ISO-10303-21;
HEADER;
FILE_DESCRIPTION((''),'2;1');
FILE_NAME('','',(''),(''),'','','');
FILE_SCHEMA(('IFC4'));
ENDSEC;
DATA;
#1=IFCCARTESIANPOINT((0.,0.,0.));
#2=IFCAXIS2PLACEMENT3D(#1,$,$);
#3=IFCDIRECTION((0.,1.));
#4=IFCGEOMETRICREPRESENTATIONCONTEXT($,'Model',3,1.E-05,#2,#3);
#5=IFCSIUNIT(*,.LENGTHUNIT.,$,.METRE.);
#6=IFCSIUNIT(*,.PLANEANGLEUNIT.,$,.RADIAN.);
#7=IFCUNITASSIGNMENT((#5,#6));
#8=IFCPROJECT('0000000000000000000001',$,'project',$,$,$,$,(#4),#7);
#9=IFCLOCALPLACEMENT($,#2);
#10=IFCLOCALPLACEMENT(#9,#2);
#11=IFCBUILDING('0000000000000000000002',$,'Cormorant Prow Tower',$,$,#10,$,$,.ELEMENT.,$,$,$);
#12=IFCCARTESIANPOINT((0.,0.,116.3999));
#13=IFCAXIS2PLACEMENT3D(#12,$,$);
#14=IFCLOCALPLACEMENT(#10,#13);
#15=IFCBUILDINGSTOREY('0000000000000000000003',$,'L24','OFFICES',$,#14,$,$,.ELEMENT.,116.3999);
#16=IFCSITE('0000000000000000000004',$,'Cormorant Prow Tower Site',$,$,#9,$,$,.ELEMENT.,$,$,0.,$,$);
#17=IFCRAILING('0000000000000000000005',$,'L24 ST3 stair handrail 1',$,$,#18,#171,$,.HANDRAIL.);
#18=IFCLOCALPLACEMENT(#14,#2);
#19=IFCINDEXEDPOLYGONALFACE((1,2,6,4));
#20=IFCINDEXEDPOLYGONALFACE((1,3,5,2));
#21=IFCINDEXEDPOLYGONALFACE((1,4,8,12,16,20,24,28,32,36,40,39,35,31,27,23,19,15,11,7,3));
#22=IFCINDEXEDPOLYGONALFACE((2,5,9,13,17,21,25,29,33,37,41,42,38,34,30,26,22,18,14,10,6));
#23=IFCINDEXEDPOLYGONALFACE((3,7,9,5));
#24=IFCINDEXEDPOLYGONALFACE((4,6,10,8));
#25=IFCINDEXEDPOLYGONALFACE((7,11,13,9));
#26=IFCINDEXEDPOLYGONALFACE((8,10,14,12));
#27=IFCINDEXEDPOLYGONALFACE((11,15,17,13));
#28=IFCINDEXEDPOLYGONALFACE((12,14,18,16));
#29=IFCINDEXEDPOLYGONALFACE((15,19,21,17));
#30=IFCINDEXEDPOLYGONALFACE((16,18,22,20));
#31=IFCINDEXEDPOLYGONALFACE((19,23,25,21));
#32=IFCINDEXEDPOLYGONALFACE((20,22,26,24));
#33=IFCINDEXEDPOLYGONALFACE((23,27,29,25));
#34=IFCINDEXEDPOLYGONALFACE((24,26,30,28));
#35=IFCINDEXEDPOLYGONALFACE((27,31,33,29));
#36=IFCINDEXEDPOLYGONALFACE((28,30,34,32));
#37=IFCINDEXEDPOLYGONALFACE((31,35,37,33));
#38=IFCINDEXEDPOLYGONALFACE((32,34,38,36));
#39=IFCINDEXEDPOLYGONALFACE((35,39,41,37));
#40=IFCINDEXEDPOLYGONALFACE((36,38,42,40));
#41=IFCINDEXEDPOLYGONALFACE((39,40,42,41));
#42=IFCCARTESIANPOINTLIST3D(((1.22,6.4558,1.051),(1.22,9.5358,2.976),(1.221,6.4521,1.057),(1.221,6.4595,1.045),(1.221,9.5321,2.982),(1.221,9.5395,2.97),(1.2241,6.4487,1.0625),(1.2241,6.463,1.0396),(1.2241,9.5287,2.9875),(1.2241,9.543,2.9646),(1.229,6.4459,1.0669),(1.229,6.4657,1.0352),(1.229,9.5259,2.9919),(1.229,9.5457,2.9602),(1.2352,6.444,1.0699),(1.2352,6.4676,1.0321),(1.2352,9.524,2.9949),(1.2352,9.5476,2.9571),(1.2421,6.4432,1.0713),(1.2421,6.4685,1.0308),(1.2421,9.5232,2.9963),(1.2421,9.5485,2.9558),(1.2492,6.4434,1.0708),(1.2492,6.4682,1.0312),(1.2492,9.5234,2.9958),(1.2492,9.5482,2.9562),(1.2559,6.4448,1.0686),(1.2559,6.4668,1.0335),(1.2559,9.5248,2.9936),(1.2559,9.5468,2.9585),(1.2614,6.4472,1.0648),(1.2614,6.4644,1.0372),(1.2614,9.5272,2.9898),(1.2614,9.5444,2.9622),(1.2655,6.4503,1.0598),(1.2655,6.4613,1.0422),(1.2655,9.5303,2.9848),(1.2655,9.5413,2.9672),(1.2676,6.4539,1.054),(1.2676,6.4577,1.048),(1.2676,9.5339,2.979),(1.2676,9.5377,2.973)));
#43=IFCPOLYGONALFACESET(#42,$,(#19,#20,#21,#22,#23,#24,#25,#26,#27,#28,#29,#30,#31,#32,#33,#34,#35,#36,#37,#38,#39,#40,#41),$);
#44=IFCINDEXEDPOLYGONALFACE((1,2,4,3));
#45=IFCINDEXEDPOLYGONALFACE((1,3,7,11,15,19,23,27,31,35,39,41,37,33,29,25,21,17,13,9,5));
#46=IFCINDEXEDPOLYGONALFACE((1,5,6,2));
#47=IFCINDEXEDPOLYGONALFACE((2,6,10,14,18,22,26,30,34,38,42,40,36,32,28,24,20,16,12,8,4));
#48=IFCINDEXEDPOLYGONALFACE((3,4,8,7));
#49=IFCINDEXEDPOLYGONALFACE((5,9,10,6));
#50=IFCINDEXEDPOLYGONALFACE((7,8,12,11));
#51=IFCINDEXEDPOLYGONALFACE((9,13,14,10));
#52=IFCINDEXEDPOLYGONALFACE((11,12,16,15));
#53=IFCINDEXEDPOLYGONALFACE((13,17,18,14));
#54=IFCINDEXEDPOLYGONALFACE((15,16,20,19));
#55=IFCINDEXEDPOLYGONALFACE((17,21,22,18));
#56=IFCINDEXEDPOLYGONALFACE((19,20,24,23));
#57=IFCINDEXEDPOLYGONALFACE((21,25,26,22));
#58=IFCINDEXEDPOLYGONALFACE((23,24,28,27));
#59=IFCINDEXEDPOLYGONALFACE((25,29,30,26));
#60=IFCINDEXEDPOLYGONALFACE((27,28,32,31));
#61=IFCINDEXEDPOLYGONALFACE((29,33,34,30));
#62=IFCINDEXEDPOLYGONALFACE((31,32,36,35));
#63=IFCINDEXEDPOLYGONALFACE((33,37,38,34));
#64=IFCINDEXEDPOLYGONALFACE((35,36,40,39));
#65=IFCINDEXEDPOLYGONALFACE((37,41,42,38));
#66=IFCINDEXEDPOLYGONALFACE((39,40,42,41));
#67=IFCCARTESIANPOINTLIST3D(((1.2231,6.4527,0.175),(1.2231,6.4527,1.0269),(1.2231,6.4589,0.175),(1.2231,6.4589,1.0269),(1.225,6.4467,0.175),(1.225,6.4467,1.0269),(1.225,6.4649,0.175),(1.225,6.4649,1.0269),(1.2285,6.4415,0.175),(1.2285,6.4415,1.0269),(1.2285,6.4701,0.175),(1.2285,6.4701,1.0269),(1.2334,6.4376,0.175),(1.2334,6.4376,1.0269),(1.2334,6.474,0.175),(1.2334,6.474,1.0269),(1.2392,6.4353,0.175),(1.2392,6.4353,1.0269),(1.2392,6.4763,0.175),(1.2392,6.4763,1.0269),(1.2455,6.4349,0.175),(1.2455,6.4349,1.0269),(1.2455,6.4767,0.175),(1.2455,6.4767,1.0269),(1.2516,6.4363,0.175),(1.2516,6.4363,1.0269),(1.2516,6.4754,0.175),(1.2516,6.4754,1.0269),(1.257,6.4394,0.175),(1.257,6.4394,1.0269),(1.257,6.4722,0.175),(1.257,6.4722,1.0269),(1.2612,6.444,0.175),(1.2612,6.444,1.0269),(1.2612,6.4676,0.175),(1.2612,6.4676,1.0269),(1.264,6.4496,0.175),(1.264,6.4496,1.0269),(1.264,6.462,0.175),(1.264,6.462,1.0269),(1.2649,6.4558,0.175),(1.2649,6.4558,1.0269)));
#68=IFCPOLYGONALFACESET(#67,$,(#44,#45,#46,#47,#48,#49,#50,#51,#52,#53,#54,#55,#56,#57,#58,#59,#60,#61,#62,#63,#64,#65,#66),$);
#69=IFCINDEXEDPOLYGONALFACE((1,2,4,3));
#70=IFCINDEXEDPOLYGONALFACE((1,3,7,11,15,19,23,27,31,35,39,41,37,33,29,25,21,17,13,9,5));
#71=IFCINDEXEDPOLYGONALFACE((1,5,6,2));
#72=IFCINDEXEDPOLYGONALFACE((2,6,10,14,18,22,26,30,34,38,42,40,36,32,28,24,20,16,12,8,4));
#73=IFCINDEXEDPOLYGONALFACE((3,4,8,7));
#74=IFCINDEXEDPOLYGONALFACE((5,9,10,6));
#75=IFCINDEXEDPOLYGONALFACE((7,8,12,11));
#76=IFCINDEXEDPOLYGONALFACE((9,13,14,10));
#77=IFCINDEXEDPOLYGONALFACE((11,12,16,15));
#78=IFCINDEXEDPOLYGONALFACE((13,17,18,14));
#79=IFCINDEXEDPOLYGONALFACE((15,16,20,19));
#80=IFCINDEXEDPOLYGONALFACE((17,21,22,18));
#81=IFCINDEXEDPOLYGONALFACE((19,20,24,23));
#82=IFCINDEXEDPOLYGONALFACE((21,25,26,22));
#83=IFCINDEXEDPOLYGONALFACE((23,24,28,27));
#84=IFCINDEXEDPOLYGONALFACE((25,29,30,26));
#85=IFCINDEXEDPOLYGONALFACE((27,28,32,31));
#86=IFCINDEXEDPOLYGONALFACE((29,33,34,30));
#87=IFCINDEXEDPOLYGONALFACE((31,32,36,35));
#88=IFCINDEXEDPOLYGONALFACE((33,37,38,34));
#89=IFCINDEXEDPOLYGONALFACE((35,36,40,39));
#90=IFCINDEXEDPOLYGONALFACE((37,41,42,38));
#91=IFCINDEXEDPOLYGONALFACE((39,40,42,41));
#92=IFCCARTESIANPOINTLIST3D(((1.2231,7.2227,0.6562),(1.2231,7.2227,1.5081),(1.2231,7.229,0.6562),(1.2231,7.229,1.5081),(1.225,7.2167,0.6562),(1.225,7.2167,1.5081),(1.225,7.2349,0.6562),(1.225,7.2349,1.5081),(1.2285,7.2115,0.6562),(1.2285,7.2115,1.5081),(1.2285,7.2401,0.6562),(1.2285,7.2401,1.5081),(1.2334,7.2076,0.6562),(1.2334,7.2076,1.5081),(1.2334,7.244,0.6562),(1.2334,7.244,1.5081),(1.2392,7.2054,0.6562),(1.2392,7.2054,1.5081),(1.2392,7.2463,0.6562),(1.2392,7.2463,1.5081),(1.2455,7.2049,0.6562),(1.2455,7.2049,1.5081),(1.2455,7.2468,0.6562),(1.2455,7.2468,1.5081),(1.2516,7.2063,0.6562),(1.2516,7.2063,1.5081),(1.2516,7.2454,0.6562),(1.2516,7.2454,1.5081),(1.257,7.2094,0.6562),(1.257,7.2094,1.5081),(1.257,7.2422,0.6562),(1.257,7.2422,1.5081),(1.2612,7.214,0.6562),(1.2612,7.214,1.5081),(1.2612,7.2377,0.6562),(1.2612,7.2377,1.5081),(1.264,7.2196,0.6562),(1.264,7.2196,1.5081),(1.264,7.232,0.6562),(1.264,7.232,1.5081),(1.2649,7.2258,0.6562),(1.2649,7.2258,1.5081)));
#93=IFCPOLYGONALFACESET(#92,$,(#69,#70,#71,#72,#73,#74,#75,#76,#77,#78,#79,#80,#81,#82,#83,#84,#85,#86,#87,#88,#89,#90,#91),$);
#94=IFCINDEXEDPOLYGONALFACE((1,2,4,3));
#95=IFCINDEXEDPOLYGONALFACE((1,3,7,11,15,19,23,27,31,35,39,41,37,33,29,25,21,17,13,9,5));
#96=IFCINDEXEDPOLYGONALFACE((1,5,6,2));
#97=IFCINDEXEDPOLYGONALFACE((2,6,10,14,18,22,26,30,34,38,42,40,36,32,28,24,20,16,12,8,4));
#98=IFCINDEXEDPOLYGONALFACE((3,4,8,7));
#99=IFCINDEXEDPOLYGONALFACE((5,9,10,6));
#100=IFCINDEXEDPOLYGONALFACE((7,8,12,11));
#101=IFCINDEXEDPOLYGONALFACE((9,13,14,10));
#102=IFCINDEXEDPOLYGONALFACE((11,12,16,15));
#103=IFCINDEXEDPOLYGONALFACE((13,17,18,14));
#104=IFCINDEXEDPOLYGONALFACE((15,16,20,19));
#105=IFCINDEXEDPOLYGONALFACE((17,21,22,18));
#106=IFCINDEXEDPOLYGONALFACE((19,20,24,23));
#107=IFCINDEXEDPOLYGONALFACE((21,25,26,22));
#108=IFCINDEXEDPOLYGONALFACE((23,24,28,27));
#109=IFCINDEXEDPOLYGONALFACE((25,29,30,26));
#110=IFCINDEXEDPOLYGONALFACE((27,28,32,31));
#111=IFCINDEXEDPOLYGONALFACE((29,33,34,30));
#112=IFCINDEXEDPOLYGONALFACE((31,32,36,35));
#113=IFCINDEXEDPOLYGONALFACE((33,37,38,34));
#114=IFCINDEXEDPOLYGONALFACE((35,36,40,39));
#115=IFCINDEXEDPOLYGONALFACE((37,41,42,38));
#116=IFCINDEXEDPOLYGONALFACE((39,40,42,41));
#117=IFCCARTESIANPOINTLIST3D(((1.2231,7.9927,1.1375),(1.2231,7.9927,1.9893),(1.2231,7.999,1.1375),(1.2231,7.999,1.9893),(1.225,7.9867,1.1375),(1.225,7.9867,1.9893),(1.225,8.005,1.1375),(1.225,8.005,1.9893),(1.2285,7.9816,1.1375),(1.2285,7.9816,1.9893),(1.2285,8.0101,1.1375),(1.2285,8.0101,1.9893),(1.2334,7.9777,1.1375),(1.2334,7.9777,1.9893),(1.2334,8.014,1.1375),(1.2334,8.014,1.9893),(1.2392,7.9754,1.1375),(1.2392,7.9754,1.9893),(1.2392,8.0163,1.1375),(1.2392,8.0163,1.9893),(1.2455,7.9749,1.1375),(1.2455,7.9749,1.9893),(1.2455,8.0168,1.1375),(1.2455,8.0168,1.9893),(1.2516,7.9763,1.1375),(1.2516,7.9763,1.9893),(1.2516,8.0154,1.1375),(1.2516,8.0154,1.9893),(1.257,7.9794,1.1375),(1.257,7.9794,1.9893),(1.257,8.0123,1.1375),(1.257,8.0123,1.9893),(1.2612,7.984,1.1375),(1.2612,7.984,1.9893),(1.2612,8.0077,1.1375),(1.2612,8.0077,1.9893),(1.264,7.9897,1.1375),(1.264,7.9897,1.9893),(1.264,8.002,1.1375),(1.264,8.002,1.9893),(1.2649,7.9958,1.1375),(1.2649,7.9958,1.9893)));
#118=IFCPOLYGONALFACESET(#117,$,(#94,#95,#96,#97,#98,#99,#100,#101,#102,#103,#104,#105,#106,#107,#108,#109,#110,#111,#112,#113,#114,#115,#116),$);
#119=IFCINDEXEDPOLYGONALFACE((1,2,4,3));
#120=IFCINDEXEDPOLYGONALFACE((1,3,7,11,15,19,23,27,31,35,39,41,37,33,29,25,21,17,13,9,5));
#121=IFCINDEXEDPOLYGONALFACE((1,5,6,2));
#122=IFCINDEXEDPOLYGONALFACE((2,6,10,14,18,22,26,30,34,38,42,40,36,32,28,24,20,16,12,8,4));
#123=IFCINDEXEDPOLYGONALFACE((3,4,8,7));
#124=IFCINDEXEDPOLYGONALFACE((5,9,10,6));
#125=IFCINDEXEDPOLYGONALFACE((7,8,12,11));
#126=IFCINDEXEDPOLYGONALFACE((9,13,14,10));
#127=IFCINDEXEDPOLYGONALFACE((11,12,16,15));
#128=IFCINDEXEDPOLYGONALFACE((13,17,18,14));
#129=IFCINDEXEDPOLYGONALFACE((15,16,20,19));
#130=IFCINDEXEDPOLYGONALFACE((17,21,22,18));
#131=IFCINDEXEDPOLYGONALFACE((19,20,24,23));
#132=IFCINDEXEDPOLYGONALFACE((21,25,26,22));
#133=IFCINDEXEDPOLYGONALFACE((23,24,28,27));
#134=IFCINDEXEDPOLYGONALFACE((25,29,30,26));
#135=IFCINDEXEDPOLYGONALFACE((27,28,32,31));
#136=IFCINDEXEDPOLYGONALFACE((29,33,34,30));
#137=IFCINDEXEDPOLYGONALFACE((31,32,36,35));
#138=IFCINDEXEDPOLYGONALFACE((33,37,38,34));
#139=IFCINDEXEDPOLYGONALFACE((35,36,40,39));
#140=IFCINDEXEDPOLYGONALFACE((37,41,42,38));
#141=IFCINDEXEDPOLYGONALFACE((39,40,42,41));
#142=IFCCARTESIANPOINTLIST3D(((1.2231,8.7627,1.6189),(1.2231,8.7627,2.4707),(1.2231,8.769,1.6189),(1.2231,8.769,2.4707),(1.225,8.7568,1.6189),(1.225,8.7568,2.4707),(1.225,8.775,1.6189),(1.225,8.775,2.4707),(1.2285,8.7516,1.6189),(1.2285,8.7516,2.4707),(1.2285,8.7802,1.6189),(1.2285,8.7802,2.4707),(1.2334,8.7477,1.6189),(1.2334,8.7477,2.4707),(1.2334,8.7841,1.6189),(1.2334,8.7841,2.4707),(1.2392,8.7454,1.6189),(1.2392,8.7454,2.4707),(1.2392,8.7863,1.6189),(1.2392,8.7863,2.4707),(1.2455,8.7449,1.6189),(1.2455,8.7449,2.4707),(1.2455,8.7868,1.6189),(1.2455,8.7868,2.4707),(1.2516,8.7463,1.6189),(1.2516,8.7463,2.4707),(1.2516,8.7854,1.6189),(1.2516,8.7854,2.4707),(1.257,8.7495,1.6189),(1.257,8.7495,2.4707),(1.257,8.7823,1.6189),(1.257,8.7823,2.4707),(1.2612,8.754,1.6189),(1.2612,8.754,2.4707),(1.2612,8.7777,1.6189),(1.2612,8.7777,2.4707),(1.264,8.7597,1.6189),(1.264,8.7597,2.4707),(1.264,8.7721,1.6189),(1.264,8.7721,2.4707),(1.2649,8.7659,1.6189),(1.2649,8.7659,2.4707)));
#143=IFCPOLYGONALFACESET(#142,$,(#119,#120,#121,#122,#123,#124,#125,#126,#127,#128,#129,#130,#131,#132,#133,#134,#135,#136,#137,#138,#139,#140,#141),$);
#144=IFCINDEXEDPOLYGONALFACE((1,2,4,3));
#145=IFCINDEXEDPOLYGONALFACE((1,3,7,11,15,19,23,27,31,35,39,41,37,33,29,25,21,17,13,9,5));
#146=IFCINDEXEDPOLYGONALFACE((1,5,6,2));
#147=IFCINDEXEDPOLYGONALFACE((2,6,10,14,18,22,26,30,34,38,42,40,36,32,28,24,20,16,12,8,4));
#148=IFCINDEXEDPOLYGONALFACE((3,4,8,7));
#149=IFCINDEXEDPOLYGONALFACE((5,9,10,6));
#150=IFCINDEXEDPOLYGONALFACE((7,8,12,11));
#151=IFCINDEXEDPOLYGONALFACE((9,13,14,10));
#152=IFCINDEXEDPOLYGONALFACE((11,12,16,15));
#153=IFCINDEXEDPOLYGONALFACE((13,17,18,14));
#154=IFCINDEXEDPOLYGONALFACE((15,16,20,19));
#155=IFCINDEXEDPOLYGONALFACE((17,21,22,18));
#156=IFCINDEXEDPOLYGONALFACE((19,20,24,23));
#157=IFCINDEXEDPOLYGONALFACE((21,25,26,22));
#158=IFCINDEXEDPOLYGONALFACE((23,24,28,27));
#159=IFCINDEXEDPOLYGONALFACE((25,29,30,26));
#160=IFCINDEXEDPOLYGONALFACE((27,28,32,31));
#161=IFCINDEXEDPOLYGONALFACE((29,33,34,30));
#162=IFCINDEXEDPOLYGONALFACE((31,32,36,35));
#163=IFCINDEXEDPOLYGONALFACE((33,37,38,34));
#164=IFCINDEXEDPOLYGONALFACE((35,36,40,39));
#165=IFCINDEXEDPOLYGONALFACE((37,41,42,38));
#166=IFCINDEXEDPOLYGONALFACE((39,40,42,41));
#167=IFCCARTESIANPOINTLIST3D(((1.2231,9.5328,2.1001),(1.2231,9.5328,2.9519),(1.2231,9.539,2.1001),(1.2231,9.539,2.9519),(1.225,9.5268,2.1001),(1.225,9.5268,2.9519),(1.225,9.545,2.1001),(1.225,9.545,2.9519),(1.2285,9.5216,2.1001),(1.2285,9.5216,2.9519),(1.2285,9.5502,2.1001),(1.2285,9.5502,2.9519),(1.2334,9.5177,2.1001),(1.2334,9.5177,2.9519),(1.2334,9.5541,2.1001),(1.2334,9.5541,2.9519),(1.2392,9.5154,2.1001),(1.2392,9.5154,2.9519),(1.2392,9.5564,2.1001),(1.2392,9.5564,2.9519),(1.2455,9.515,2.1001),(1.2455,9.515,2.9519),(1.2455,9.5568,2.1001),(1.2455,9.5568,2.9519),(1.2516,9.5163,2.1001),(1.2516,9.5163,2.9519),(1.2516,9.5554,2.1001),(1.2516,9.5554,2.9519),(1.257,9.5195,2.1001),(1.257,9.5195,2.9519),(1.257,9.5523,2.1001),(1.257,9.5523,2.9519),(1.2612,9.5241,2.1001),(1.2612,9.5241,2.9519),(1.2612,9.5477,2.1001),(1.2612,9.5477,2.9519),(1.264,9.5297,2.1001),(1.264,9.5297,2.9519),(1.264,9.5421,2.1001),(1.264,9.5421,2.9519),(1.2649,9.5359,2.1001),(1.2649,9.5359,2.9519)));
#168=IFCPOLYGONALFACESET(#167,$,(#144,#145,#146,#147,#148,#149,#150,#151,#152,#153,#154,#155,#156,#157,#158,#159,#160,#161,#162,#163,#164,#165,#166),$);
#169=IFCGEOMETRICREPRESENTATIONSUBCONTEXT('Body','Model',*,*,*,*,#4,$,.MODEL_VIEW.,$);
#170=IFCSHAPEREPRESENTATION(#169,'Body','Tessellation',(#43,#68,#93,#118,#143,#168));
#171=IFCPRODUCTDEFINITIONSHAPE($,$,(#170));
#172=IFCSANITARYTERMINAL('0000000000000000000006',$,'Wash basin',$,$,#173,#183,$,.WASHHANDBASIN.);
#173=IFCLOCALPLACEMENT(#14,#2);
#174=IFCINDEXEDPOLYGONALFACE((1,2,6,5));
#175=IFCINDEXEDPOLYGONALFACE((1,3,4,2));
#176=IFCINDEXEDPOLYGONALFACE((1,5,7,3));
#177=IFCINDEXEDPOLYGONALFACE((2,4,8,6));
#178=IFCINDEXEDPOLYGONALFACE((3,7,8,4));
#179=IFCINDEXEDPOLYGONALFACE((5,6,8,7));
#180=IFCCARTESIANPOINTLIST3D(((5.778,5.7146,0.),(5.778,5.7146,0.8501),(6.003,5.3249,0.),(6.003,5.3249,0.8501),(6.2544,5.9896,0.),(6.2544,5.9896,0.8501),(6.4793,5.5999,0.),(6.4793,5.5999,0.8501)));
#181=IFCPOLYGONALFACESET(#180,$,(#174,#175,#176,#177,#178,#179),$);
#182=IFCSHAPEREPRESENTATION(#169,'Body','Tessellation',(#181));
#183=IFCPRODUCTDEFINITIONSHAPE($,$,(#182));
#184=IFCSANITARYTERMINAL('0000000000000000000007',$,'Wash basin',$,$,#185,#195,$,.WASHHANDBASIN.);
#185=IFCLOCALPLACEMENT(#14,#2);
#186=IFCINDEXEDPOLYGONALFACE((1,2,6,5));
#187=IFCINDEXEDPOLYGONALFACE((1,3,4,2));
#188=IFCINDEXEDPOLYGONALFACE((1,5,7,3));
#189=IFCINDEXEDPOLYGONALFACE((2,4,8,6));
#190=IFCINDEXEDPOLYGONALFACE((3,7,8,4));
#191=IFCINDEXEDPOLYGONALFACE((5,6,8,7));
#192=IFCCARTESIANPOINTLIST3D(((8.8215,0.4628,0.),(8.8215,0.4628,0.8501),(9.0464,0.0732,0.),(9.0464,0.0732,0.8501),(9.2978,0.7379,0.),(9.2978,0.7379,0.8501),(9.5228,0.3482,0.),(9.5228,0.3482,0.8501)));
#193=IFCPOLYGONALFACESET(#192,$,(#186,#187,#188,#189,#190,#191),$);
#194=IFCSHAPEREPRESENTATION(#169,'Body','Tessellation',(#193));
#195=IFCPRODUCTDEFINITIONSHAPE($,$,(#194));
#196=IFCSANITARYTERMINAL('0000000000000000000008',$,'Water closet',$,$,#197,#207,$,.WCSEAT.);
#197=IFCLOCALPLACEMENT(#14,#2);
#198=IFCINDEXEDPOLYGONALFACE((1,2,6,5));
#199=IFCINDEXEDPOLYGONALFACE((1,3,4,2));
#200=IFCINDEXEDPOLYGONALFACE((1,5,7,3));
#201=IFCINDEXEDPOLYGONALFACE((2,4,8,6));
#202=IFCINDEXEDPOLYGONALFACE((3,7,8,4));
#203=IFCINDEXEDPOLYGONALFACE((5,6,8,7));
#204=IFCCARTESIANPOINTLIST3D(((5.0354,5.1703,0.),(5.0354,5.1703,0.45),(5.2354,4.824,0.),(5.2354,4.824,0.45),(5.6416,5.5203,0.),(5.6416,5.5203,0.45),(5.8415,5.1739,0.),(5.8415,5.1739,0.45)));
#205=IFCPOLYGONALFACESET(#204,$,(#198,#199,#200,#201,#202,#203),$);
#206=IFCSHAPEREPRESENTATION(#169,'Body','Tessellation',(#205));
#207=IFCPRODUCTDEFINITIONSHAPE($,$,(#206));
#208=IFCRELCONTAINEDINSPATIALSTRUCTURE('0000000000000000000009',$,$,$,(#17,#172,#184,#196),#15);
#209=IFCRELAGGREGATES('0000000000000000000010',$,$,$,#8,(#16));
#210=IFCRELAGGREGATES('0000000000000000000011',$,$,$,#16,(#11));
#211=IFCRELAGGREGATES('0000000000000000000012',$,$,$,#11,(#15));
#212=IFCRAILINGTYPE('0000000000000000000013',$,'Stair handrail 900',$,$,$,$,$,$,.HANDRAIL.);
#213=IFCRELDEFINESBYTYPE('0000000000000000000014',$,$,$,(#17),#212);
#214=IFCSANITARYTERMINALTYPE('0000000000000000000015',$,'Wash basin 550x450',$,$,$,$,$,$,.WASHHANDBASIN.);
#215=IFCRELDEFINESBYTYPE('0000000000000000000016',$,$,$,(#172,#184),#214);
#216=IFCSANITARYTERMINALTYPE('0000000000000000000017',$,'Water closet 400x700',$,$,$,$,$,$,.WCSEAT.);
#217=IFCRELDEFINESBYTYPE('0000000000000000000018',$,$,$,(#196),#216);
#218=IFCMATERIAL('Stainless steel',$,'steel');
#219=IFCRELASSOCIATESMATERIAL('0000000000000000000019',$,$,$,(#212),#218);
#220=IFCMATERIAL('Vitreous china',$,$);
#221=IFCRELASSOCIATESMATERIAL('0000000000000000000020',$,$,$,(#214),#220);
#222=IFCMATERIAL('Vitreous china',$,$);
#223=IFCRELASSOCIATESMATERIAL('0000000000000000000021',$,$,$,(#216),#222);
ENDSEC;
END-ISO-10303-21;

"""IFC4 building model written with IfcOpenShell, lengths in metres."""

from ifc_helpers import new_model, si_unit, direction, frame, origin, origin_2d, place, context, subcontext, project, spatial, rectangle, circle, extrude, material, type_object, element, save


model = new_model("IFC4")

# Units and contexts
model_context = context("Model", 3, precision=1e-05, world=origin(), true_north=direction((0.0, 1.0)))
body_context = subcontext(model_context, "Body", "Model", "MODEL_VIEW")
ifc_project = project(units=[si_unit("LENGTHUNIT", "METRE"), si_unit("PLANEANGLEUNIT", "RADIAN")], contexts=[model_context])

# Site, building, storey
site_placement = place(None, origin())
site = spatial("IfcSite", under=ifc_project, at=site_placement, Name="Cormorant Prow Tower Site", CompositionType="ELEMENT", RefElevation=0.0)
building_placement = place(site_placement, origin())
building = spatial("IfcBuilding", under=site, at=building_placement, Name="Cormorant Prow Tower", CompositionType="ELEMENT")
storey_placement = place(building_placement, frame((0.0, 0.0, 116.3999)))
storey = spatial("IfcBuildingStorey", under=building, at=storey_placement, Name="L24", Description="OFFICES", CompositionType="ELEMENT", Elevation=116.3999)

# Railing
ifc_material_1 = material(Name="Stainless steel", Category="steel")
railing_type_1 = type_object("IfcRailingType", Name="Stair handrail 900", PredefinedType="HANDRAIL", material=ifc_material_1)
railing_1_placement = place(storey_placement, frame((1.2439, 6.4558, 0.175)))
element("IfcRailing", 1, at=railing_1_placement, inside=storey, type_object=railing_type_1, Name="L24 ST3 stair handrail 1", PredefinedType="HANDRAIL", context=body_context, shape_type="SweptSolid", body=[
    extrude(circle(Radius=0.0239, at=origin_2d()), frame((0.0, 0.0, 0.876), z_axis=(0.0, 0.847998, 0.529999), x_axis=(-1.0, 0.0, 0.0)), (0.0, 0.0, 1.0), 3.6321),
    extrude(circle(Radius=0.021, at=origin_2d()), origin(), (0.0, 0.0, 1.0), 0.8518),
    extrude(circle(Radius=0.021, at=origin_2d()), frame((0.0, 0.77, 0.4812)), (0.0, 0.0, 1.0), 0.8518),
    extrude(circle(Radius=0.021, at=origin_2d()), frame((0.0, 1.54, 0.9624)), (0.0, 0.0, 1.0), 0.8518),
    extrude(circle(Radius=0.021, at=origin_2d()), frame((0.0, 2.3101, 1.4438)), (0.0, 0.0, 1.0), 0.8518),
    extrude(circle(Radius=0.021, at=origin_2d()), frame((0.0, 3.0801, 1.925)), (0.0, 0.0, 1.0), 0.8518),
])

# Sanitary terminals
ifc_material_2 = material(Name="Vitreous china")
sanitary_terminal_type_1 = type_object("IfcSanitaryTerminalType", Name="Wash basin 550x450", PredefinedType="WASHHANDBASIN", material=ifc_material_2)
for number, where, z_axis, x_axis, name in (
    (2, (6.1287, 5.6572, 0.0), (0.0, 0.0, 1.0), (-0.866034, -0.499985, 0.0), "Wash basin"),
    (3, (9.1721, 0.4055, 0.0), (0.0, 0.0, 1.0), (0.866034, 0.499985, 0.0), "Wash basin"),
):
    element("IfcSanitaryTerminal", number, at=place(storey_placement, frame(where, z_axis=z_axis, x_axis=x_axis)), inside=storey, type_object=sanitary_terminal_type_1, Name=name, PredefinedType="WASHHANDBASIN", context=body_context, shape_type="SweptSolid", body=[
        extrude(rectangle(XDim=0.55, YDim=0.45, at=origin_2d()), origin(), (0.0, 0.0, 1.0), 0.8501),
    ])
ifc_material_3 = material(Name="Vitreous china")
sanitary_terminal_type_2 = type_object("IfcSanitaryTerminalType", Name="Water closet 400x700", PredefinedType="WCSEAT", material=ifc_material_3)
sanitary_terminal_placement = place(storey_placement, frame((5.4385, 5.1721, 0.0), z_axis=(0.0, 0.0, 1.0), x_axis=(0.5, -0.866025, 0.0)))
element("IfcSanitaryTerminal", 4, at=sanitary_terminal_placement, inside=storey, type_object=sanitary_terminal_type_2, Name="Water closet", PredefinedType="WCSEAT", context=body_context, shape_type="SweptSolid", body=[
    extrude(rectangle(XDim=0.3999, YDim=0.7, at=origin_2d()), origin(), (0.0, 0.0, 1.0), 0.45),
])

save(model, "model.ifc")
